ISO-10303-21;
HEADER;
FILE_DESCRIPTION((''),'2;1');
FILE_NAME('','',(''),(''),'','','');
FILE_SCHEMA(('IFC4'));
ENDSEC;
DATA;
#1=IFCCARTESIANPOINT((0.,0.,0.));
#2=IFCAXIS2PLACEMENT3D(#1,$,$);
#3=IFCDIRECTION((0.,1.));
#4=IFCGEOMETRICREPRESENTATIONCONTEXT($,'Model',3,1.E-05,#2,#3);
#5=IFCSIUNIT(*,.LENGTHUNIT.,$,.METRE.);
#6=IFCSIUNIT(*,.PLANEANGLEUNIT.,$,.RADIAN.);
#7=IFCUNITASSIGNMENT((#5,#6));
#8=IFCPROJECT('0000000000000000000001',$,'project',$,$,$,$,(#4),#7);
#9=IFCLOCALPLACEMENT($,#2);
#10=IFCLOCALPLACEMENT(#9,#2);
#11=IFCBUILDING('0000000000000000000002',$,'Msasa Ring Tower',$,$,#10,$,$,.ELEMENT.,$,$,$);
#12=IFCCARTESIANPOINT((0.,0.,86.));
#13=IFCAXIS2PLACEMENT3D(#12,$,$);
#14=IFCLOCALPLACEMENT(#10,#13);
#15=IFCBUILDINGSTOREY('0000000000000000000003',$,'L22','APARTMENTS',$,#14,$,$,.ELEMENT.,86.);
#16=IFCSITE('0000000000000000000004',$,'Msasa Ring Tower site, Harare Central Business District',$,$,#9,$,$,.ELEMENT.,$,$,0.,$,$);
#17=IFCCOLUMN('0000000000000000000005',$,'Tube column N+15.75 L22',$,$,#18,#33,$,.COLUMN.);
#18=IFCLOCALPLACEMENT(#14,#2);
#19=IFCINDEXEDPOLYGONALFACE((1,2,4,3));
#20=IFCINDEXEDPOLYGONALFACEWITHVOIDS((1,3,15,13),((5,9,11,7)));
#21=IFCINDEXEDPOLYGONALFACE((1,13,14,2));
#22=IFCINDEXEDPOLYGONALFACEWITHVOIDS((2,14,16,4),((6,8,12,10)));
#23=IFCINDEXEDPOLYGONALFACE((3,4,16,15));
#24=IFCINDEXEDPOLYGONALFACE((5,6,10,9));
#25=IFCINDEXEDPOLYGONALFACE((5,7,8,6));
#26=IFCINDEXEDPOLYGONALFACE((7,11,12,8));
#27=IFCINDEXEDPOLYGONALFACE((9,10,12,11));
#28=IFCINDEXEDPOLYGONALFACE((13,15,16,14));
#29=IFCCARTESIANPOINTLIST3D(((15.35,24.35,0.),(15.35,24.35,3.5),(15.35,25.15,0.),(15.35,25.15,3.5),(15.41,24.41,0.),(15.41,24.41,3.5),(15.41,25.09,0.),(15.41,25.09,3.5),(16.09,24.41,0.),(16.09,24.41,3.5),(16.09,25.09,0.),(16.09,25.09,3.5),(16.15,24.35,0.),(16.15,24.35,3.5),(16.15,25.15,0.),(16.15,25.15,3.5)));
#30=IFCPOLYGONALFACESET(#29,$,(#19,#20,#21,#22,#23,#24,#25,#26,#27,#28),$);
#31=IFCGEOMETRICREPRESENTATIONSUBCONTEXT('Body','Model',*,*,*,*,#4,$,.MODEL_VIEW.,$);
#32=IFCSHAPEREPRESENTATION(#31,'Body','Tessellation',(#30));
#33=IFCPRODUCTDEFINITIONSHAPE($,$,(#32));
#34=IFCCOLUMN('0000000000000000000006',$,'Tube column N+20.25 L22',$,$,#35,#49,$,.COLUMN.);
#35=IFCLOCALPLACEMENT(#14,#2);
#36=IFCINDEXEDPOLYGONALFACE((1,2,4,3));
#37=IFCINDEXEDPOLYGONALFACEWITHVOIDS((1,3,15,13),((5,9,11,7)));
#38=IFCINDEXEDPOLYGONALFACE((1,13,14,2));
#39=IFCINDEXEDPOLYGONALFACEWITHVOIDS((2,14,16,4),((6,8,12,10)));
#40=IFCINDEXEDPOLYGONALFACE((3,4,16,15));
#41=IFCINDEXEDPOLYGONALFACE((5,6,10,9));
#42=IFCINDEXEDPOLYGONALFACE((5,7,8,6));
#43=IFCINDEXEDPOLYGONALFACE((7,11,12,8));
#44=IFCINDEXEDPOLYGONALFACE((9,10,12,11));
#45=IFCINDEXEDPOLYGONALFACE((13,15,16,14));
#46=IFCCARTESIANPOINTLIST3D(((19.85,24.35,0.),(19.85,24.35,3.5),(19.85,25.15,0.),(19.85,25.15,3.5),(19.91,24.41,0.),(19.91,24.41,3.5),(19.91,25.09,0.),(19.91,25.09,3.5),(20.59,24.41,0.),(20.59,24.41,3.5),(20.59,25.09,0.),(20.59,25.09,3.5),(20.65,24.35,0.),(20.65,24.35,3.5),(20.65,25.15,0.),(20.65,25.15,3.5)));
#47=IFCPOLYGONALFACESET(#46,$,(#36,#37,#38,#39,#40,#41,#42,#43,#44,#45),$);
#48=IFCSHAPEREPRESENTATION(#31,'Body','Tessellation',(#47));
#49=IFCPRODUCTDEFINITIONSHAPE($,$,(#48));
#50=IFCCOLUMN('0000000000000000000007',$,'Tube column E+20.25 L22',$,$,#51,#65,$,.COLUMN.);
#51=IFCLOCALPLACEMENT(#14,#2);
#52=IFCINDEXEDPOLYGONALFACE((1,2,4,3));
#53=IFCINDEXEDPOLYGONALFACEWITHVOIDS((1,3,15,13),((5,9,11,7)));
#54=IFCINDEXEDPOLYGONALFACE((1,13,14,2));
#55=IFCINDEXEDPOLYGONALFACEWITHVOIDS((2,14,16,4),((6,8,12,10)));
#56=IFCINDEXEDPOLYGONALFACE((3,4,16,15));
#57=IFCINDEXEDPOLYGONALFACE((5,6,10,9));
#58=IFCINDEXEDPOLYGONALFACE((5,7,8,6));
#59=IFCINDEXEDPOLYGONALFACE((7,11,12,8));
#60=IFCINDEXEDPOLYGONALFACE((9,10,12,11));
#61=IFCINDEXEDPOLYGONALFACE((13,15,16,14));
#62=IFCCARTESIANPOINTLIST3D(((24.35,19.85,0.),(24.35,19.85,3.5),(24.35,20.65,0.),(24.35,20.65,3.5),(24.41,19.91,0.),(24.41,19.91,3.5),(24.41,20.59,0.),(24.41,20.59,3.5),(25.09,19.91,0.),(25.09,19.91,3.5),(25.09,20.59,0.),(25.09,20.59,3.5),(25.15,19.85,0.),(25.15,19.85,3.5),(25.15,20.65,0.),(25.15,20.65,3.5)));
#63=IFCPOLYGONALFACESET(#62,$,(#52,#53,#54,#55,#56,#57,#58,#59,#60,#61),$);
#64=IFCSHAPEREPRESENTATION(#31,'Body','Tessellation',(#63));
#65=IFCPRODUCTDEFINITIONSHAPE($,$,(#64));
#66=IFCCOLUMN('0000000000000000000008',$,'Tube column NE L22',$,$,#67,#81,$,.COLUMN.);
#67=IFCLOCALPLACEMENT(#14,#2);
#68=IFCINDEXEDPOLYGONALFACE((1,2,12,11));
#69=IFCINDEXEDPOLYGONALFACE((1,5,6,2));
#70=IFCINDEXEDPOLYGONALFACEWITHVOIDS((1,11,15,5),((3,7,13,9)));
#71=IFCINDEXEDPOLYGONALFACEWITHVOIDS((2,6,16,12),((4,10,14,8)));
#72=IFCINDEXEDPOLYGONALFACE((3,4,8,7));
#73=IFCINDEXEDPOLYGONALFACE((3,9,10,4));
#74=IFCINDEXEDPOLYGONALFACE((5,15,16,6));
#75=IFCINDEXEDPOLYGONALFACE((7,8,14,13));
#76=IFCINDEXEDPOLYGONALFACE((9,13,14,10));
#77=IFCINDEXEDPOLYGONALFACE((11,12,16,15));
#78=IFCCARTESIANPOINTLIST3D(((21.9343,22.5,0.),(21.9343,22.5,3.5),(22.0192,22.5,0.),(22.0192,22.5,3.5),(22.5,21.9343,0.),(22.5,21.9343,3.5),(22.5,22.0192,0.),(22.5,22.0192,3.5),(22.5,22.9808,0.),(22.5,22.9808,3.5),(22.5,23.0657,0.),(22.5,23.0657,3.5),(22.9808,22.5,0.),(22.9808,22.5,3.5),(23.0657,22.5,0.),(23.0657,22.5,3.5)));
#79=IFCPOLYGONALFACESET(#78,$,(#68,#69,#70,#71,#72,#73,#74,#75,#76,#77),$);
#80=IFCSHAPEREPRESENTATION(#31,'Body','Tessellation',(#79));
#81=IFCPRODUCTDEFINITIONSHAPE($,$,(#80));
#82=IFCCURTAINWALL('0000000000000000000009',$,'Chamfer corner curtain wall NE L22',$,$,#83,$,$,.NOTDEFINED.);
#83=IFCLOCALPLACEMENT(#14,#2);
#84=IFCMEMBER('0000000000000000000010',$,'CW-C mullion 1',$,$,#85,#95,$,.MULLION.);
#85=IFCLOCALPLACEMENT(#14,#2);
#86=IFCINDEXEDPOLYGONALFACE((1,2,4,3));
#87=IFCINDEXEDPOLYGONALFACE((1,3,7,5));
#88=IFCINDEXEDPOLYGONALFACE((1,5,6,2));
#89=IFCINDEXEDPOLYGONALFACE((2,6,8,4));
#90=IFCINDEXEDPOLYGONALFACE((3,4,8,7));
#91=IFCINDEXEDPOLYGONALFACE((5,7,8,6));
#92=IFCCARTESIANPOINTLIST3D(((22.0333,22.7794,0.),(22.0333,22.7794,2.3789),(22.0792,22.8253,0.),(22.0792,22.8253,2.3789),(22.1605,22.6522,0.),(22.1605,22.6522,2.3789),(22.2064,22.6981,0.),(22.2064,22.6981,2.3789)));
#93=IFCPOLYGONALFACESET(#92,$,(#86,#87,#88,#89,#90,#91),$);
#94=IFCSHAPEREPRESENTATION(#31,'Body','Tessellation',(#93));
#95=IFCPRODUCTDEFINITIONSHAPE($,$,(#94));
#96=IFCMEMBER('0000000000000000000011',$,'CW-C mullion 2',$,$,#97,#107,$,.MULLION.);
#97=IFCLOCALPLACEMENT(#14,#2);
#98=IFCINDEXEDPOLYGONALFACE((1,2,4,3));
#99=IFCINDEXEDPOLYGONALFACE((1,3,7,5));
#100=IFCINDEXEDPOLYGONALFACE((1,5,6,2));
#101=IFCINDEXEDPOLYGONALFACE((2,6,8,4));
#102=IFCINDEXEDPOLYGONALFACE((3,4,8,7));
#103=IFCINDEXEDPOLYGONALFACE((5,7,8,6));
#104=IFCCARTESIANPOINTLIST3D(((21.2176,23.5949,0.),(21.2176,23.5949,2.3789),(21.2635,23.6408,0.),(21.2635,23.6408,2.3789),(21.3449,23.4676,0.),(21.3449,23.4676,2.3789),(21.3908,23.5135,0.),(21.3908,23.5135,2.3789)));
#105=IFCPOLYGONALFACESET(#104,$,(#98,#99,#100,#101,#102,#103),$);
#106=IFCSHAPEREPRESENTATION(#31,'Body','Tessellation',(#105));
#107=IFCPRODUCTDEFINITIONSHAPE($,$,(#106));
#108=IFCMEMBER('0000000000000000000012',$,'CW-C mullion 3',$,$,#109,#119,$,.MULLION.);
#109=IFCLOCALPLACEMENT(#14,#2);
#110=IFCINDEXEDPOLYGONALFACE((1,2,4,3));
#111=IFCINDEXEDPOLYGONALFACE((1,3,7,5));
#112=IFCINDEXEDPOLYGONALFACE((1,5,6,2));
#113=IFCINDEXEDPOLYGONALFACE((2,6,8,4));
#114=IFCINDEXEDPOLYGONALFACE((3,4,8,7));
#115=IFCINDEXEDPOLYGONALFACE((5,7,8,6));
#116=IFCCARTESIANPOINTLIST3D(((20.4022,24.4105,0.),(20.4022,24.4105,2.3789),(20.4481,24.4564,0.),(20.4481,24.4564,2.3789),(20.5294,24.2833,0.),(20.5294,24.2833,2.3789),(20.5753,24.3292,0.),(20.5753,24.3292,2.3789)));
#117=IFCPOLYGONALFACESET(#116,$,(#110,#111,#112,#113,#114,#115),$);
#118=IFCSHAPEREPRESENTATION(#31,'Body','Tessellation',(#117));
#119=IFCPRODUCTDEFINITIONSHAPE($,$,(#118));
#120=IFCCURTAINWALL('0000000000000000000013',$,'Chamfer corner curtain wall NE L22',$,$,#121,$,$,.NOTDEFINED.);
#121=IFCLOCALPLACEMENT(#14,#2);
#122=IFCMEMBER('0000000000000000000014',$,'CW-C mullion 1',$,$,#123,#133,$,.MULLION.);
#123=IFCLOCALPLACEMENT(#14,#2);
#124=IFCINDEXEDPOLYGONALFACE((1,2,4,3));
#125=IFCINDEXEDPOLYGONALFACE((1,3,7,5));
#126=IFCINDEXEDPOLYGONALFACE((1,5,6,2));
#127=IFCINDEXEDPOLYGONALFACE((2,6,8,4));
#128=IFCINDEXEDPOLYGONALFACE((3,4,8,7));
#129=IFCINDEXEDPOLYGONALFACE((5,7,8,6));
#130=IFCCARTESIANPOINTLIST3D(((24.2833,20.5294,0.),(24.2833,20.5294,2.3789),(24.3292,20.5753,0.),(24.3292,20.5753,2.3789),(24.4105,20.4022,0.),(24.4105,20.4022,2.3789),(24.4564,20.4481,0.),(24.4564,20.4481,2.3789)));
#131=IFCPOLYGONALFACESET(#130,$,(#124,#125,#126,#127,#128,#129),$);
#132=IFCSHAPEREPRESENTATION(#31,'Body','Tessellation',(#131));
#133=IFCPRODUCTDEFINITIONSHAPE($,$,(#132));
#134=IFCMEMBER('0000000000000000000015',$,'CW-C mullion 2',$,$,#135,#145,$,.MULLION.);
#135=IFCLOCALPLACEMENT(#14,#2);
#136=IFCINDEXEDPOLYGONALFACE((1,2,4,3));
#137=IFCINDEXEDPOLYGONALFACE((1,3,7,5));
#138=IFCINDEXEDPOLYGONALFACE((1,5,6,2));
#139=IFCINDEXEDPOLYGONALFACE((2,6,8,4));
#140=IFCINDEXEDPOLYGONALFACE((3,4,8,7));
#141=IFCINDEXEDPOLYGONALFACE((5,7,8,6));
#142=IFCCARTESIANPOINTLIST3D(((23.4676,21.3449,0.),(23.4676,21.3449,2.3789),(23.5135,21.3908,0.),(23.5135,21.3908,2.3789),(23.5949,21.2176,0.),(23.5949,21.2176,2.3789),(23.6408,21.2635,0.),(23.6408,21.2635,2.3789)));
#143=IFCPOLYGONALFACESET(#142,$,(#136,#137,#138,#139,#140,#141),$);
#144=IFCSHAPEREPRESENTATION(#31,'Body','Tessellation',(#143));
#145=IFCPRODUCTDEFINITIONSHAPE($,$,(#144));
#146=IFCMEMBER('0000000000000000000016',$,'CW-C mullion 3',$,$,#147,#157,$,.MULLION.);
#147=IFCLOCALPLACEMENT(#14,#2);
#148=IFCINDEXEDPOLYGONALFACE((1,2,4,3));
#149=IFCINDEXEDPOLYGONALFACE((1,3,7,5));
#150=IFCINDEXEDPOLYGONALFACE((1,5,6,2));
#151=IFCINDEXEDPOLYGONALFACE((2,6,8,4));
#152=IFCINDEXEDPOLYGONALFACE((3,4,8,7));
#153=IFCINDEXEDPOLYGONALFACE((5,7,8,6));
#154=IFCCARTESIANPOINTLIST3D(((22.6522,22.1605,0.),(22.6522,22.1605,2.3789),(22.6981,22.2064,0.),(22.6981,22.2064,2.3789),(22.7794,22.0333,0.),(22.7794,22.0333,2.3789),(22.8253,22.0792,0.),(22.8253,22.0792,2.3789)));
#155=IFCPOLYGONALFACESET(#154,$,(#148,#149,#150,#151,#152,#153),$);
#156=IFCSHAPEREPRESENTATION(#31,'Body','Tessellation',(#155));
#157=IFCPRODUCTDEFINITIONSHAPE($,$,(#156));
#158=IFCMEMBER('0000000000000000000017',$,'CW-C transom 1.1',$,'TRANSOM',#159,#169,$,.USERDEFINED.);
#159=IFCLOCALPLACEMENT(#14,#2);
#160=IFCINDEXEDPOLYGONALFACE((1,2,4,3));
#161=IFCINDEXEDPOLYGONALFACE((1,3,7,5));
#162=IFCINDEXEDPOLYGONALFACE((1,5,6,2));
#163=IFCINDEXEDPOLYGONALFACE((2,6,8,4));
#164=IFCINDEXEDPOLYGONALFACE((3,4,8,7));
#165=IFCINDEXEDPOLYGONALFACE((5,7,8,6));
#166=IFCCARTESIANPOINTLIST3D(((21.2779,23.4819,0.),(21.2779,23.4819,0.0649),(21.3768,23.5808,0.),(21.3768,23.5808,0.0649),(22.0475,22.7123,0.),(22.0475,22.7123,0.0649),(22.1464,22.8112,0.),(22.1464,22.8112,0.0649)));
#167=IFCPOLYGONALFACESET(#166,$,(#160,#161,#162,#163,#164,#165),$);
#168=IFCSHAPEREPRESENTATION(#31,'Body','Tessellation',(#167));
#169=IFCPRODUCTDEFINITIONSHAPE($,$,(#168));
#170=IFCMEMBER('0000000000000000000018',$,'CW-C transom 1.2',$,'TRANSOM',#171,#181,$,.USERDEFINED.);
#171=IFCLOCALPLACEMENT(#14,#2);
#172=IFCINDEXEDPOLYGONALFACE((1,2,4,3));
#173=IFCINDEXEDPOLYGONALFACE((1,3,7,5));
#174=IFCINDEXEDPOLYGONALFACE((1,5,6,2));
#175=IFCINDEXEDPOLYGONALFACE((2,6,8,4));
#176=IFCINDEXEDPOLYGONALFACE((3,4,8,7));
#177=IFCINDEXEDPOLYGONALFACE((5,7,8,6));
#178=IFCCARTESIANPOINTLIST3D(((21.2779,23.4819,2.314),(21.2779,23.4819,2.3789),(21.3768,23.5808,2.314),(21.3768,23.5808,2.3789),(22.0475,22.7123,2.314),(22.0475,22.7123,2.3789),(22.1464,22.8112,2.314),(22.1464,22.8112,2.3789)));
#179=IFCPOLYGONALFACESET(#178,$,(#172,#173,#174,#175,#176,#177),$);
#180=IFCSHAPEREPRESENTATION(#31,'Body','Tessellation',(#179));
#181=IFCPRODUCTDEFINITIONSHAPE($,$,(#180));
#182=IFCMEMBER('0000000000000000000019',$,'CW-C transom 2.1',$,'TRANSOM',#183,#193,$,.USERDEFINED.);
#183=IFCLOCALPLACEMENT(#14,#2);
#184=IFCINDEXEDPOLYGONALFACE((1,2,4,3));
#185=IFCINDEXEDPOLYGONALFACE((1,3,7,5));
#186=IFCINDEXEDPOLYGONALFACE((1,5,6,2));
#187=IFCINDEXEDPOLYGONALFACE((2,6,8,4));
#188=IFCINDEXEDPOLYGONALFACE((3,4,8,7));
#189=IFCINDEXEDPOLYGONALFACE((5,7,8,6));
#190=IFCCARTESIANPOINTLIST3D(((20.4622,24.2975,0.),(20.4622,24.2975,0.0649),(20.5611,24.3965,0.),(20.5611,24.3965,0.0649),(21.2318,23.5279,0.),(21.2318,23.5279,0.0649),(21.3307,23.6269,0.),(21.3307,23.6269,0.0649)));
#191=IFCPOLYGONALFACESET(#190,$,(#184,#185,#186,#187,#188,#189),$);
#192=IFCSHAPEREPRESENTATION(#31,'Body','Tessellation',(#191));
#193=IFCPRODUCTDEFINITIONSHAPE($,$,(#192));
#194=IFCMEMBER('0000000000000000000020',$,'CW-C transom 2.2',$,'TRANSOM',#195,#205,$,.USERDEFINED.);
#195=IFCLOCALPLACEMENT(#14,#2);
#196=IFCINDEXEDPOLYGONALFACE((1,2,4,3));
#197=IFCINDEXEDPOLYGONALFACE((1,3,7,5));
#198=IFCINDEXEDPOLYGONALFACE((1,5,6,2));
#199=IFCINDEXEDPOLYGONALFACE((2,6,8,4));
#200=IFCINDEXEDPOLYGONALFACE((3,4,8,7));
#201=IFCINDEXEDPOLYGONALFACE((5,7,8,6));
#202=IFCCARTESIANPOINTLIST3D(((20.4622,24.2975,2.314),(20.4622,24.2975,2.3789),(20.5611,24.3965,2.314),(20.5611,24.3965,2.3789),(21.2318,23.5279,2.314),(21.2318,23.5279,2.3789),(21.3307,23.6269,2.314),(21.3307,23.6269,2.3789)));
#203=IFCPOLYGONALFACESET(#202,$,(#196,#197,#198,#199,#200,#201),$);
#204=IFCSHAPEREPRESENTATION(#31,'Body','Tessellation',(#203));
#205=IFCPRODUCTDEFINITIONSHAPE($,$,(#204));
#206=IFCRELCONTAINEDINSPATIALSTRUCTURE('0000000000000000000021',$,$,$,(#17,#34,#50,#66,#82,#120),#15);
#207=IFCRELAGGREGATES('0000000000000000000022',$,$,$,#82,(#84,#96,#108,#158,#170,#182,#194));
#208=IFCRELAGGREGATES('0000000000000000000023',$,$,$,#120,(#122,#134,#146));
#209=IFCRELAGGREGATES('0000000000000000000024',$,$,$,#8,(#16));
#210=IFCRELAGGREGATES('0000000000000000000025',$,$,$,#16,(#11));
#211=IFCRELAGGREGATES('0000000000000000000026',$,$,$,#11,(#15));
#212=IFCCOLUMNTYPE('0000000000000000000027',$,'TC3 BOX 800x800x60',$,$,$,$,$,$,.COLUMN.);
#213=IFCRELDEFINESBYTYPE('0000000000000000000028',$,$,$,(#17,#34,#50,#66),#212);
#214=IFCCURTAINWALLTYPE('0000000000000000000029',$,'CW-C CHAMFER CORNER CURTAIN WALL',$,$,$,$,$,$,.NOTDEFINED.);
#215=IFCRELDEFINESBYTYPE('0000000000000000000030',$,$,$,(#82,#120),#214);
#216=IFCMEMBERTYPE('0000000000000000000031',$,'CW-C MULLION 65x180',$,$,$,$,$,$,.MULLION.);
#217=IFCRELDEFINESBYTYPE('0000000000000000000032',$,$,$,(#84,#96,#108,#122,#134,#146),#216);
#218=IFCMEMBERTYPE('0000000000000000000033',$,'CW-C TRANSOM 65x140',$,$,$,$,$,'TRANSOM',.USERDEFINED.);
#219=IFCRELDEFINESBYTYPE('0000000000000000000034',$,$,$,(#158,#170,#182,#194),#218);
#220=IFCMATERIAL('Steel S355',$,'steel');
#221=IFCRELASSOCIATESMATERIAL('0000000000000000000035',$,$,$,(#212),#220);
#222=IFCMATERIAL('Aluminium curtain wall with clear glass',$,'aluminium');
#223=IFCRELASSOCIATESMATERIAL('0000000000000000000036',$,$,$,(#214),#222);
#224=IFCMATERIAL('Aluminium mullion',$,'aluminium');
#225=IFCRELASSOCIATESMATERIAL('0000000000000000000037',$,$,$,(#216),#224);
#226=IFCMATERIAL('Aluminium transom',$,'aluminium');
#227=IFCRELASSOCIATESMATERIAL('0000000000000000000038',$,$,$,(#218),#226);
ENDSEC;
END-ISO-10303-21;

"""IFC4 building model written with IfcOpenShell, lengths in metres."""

from ifc_helpers import new_model, si_unit, direction, frame, origin, origin_2d, place, context, subcontext, project, spatial, rectangle, hollow_rectangle, extrude, material, material_profile, profile_set, type_object, element, aggregate, save


model = new_model("IFC4")

# Units and contexts
model_context = context("Model", 3, precision=1e-05, world=origin(), true_north=direction((0.0, 1.0)))
body_context = subcontext(model_context, "Body", "Model", "MODEL_VIEW")
ifc_project = project(units=[si_unit("LENGTHUNIT", "METRE"), si_unit("PLANEANGLEUNIT", "RADIAN")], contexts=[model_context])

# Site, building, storey
site_placement = place(None, origin())
site = spatial("IfcSite", under=ifc_project, at=site_placement, Name="Msasa Ring Tower site, Harare Central Business District", CompositionType="ELEMENT", RefElevation=0.0)
building_placement = place(site_placement, origin())
building = spatial("IfcBuilding", under=site, at=building_placement, Name="Msasa Ring Tower", CompositionType="ELEMENT")
storey_placement = place(building_placement, frame((0.0, 0.0, 86.0)))
storey = spatial("IfcBuildingStorey", under=building, at=storey_placement, Name="L22", Description="APARTMENTS", CompositionType="ELEMENT", Elevation=86.0)

# Columns
ifc_material_1 = material(Name="Steel S355", Category="steel")
ifc_material_profile_1 = material_profile(ifc_material_1, hollow_rectangle(XDim=0.8, YDim=0.8, WallThickness=0.0601, at=origin_2d()), Name="BOX 800x800x60")
ifc_profile_set_1 = profile_set([ifc_material_profile_1], Name="Steel S355")
column_type = type_object("IfcColumnType", Name="TC3 BOX 800x800x60", PredefinedType="COLUMN", material=ifc_profile_set_1)
for number, where, z_axis, x_axis, name in (
    (1, (15.75, 24.75, 0.0), (0.0, 0.0, 1.0), (0.0, 1.0, 0.0), "Tube column N+15.75 L22"),
    (2, (20.25, 24.75, 0.0), (0.0, 0.0, 1.0), (0.0, 1.0, 0.0), "Tube column N+20.25 L22"),
    (3, (24.75, 20.25, 0.0), (0.0, 0.0, 1.0), (1.0, 0.0, 0.0), "Tube column E+20.25 L22"),
    (4, (22.5, 22.5, 0.0), (0.0, 0.0, 1.0), (0.707107, 0.707107, 0.0), "Tube column NE L22"),
):
    element("IfcColumn", number, at=place(storey_placement, frame(where, z_axis=z_axis, x_axis=x_axis)), inside=storey, type_object=column_type, Name=name, PredefinedType="COLUMN", context=body_context, shape_type="SweptSolid", body=[
        extrude(hollow_rectangle(XDim=0.8, YDim=0.8, WallThickness=0.0601, at=origin_2d()), origin(), (0.0, 0.0, 1.0), 3.5),
    ])

# Curtain walls, members
ifc_material_2 = material(Name="Aluminium curtain wall with clear glass", Category="aluminium")
curtain_wall_type = type_object("IfcCurtainWallType", Name="CW-C CHAMFER CORNER CURTAIN WALL", PredefinedType="NOTDEFINED", material=ifc_material_2)
curtain_wall_1_placement = place(storey_placement, origin())
curtain_wall_1 = element("IfcCurtainWall", 5, at=curtain_wall_1_placement, inside=storey, type_object=curtain_wall_type, Name="Chamfer corner curtain wall NE L22", PredefinedType="NOTDEFINED")
ifc_material_3 = material(Name="Aluminium mullion", Category="aluminium")
ifc_material_profile_2 = material_profile(ifc_material_3, rectangle(XDim=0.0649, YDim=0.1799, at=origin_2d()), Name="AL 65x180")
ifc_profile_set_2 = profile_set([ifc_material_profile_2], Name="Aluminium mullion")
member_type_1 = type_object("IfcMemberType", Name="CW-C MULLION 65x180", PredefinedType="MULLION", material=ifc_profile_set_2)
member_1_placement = place(storey_placement, frame((22.1199, 22.7388, 0.0), z_axis=(0.0, 0.0, 1.0), x_axis=(-0.707107, -0.707107, 0.0)))
member_1 = element("IfcMember", 6, at=member_1_placement, type_object=member_type_1, Name="CW-C mullion 1", PredefinedType="MULLION", context=body_context, shape_type="SweptSolid", body=[
    extrude(rectangle(XDim=0.0649, YDim=0.1799, at=origin_2d()), origin(), (0.0, 0.0, 1.0), 2.3789),
])
member_2_placement = place(storey_placement, frame((21.3042, 23.5542, 0.0), z_axis=(0.0, 0.0, 1.0), x_axis=(-0.707107, -0.707107, 0.0)))
member_2 = element("IfcMember", 7, at=member_2_placement, type_object=member_type_1, Name="CW-C mullion 2", PredefinedType="MULLION", context=body_context, shape_type="SweptSolid", body=[
    extrude(rectangle(XDim=0.0649, YDim=0.1799, at=origin_2d()), origin(), (0.0, 0.0, 1.0), 2.3789),
])
member_3_placement = place(storey_placement, frame((20.4888, 24.3699, 0.0), z_axis=(0.0, 0.0, 1.0), x_axis=(-0.707107, -0.707107, 0.0)))
member_3 = element("IfcMember", 8, at=member_3_placement, type_object=member_type_1, Name="CW-C mullion 3", PredefinedType="MULLION", context=body_context, shape_type="SweptSolid", body=[
    extrude(rectangle(XDim=0.0649, YDim=0.1799, at=origin_2d()), origin(), (0.0, 0.0, 1.0), 2.3789),
])
curtain_wall_2_placement = place(storey_placement, origin())
curtain_wall_2 = element("IfcCurtainWall", 9, at=curtain_wall_2_placement, inside=storey, type_object=curtain_wall_type, Name="Chamfer corner curtain wall NE L22", PredefinedType="NOTDEFINED")
member_4_placement = place(storey_placement, frame((24.3699, 20.4888, 0.0), z_axis=(0.0, 0.0, 1.0), x_axis=(-0.707107, -0.707107, 0.0)))
member_4 = element("IfcMember", 10, at=member_4_placement, type_object=member_type_1, Name="CW-C mullion 1", PredefinedType="MULLION", context=body_context, shape_type="SweptSolid", body=[
    extrude(rectangle(XDim=0.0649, YDim=0.1799, at=origin_2d()), origin(), (0.0, 0.0, 1.0), 2.3789),
])
member_5_placement = place(storey_placement, frame((23.5542, 21.3042, 0.0), z_axis=(0.0, 0.0, 1.0), x_axis=(-0.707107, -0.707107, 0.0)))
member_5 = element("IfcMember", 11, at=member_5_placement, type_object=member_type_1, Name="CW-C mullion 2", PredefinedType="MULLION", context=body_context, shape_type="SweptSolid", body=[
    extrude(rectangle(XDim=0.0649, YDim=0.1799, at=origin_2d()), origin(), (0.0, 0.0, 1.0), 2.3789),
])
member_6_placement = place(storey_placement, frame((22.7388, 22.1199, 0.0), z_axis=(0.0, 0.0, 1.0), x_axis=(-0.707107, -0.707107, 0.0)))
member_6 = element("IfcMember", 12, at=member_6_placement, type_object=member_type_1, Name="CW-C mullion 3", PredefinedType="MULLION", context=body_context, shape_type="SweptSolid", body=[
    extrude(rectangle(XDim=0.0649, YDim=0.1799, at=origin_2d()), origin(), (0.0, 0.0, 1.0), 2.3789),
])

# Members
ifc_material_4 = material(Name="Aluminium transom", Category="aluminium")
ifc_material_profile_3 = material_profile(ifc_material_4, rectangle(XDim=0.1399, YDim=0.0649, at=origin_2d()), Name="AL 65x140")
ifc_profile_set_3 = profile_set([ifc_material_profile_3], Name="Aluminium transom")
member_type_2 = type_object("IfcMemberType", Name="CW-C TRANSOM 65x140", ElementType="TRANSOM", PredefinedType="USERDEFINED", material=ifc_profile_set_3)
member_7_placement = place(storey_placement, frame((22.0969, 22.7617, 0.0325), z_axis=(-0.707107, 0.707107, 0.0), x_axis=(-0.707107, -0.707107, 0.0)))
member_7 = element("IfcMember", 13, at=member_7_placement, type_object=member_type_2, Name="CW-C transom 1.1", ObjectType="TRANSOM", PredefinedType="USERDEFINED", context=body_context, shape_type="SweptSolid", body=[
    extrude(rectangle(XDim=0.1399, YDim=0.0649, at=origin_2d()), origin(), (0.0, 0.0, 1.0), 1.0884),
])
member_8_placement = place(storey_placement, frame((22.0969, 22.7617, 2.3464), z_axis=(-0.707107, 0.707107, 0.0), x_axis=(-0.707107, -0.707107, 0.0)))
member_8 = element("IfcMember", 14, at=member_8_placement, type_object=member_type_2, Name="CW-C transom 1.2", ObjectType="TRANSOM", PredefinedType="USERDEFINED", context=body_context, shape_type="SweptSolid", body=[
    extrude(rectangle(XDim=0.1399, YDim=0.0649, at=origin_2d()), origin(), (0.0, 0.0, 1.0), 1.0884),
])
member_9_placement = place(storey_placement, frame((21.2812, 23.5774, 0.0325), z_axis=(-0.707107, 0.707107, 0.0), x_axis=(-0.707107, -0.707107, 0.0)))
member_9 = element("IfcMember", 15, at=member_9_placement, type_object=member_type_2, Name="CW-C transom 2.1", ObjectType="TRANSOM", PredefinedType="USERDEFINED", context=body_context, shape_type="SweptSolid", body=[
    extrude(rectangle(XDim=0.1399, YDim=0.0649, at=origin_2d()), origin(), (0.0, 0.0, 1.0), 1.0884),
])
member_10_placement = place(storey_placement, frame((21.2812, 23.5774, 2.3464), z_axis=(-0.707107, 0.707107, 0.0), x_axis=(-0.707107, -0.707107, 0.0)))
member_10 = element("IfcMember", 16, at=member_10_placement, type_object=member_type_2, Name="CW-C transom 2.2", ObjectType="TRANSOM", PredefinedType="USERDEFINED", context=body_context, shape_type="SweptSolid", body=[
    extrude(rectangle(XDim=0.1399, YDim=0.0649, at=origin_2d()), origin(), (0.0, 0.0, 1.0), 1.0884),
])

aggregate(curtain_wall_1, [member_1, member_2, member_3, member_7, member_8, member_9, member_10])
aggregate(curtain_wall_2, [member_4, member_5, member_6])

save(model, "model.ifc")
